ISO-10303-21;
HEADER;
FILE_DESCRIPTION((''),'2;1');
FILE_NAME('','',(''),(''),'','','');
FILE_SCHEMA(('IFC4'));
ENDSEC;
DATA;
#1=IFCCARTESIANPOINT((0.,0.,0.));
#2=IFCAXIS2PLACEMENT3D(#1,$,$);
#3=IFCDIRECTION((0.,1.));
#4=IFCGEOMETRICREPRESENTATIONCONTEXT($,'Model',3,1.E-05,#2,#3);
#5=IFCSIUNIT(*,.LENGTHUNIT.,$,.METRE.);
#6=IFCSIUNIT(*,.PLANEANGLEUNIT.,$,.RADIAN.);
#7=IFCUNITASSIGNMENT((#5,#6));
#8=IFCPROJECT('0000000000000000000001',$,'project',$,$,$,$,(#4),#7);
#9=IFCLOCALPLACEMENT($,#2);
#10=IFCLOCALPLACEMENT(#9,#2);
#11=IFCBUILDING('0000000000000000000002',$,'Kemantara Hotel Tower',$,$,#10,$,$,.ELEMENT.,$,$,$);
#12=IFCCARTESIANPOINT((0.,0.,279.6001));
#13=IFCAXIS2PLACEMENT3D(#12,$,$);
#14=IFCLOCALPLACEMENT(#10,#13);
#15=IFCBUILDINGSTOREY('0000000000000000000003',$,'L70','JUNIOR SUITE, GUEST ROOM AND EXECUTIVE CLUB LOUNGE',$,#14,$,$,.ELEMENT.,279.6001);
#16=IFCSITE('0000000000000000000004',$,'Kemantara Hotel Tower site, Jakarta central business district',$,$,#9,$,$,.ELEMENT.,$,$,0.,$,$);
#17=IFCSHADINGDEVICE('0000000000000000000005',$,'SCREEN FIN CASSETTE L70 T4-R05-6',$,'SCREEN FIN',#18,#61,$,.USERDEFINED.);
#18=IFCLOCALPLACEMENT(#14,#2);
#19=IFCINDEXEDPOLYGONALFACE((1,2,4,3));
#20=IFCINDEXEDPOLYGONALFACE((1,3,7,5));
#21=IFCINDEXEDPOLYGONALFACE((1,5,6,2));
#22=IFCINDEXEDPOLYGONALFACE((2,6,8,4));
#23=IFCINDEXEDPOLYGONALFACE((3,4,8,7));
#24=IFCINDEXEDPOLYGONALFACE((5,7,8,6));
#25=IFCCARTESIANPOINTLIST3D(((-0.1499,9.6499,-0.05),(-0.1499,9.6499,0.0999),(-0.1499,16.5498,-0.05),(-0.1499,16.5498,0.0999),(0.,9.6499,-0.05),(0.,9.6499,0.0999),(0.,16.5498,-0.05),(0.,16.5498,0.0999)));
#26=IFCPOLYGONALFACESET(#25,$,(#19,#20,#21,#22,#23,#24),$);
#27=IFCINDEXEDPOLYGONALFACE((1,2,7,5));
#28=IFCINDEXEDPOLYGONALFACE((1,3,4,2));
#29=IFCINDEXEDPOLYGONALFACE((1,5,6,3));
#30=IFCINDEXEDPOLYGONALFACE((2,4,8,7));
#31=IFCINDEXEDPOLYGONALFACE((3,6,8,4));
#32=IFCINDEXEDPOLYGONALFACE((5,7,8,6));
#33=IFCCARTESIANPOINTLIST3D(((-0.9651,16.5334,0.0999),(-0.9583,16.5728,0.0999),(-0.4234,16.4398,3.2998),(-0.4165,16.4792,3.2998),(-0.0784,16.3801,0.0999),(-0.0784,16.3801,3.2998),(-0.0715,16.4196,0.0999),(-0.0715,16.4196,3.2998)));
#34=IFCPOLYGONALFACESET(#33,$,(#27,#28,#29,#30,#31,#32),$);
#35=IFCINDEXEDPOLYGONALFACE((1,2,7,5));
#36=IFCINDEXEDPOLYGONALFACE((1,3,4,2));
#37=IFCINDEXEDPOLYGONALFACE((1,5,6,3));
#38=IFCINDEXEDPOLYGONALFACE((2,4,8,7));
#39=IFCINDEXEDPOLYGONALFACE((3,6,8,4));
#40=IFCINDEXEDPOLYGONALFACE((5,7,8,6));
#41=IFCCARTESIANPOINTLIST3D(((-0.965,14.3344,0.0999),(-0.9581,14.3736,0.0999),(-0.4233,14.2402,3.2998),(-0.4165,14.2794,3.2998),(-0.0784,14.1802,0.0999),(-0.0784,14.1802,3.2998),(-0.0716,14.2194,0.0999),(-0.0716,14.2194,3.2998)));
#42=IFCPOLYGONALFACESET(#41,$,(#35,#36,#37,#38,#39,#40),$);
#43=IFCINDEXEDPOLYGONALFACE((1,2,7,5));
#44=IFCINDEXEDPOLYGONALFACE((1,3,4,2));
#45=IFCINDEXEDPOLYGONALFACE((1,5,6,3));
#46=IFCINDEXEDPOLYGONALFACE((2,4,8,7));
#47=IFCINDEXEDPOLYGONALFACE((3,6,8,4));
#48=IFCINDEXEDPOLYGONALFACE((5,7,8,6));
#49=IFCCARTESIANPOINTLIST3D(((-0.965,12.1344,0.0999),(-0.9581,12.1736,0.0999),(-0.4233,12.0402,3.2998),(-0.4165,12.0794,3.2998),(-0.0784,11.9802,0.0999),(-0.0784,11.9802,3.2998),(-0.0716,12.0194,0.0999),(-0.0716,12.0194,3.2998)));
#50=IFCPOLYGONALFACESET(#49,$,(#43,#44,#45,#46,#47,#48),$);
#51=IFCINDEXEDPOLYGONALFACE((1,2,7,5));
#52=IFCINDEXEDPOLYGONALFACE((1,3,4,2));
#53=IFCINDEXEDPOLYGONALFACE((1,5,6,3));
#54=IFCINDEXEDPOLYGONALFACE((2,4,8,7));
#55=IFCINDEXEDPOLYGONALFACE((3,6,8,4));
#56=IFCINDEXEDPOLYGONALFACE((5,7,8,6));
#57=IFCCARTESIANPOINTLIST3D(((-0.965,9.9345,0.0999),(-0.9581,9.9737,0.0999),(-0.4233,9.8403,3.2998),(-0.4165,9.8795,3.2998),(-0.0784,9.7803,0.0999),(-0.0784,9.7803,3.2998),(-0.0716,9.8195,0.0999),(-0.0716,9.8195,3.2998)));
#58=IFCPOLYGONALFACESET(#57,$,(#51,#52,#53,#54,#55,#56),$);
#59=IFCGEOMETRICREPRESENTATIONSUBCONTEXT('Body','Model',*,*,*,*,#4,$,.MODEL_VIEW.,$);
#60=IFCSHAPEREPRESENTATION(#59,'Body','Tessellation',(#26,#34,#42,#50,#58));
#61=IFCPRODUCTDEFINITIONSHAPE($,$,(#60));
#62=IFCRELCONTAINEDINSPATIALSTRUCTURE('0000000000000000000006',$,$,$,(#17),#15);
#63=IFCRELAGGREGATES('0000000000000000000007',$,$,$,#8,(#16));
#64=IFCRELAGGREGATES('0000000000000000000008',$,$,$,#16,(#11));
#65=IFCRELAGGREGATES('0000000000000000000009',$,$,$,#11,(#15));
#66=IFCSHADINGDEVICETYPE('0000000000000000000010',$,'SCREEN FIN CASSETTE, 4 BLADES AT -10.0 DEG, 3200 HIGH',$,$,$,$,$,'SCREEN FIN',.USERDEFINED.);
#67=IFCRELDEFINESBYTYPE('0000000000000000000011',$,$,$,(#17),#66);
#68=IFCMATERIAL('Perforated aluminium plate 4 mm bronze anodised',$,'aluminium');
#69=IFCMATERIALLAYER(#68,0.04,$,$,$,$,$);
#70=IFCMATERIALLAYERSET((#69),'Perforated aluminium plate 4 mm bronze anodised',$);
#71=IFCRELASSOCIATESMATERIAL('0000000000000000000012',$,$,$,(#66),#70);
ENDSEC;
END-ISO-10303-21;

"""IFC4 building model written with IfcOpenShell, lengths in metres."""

from ifc_helpers import new_model, si_unit, direction, frame, origin, origin_2d, place, context, subcontext, project, spatial, polyline, rectangle, outline, extrude, source, transform, mapped, material, layer, layer_set, type_object, element, save


model = new_model("IFC4")

# Units and contexts
model_context = context("Model", 3, precision=1e-05, world=origin(), true_north=direction((0.0, 1.0)))
body_context = subcontext(model_context, "Body", "Model", "MODEL_VIEW")
ifc_project = project(units=[si_unit("LENGTHUNIT", "METRE"), si_unit("PLANEANGLEUNIT", "RADIAN")], contexts=[model_context])

# Site, building, storey
site_placement = place(None, origin())
site = spatial("IfcSite", under=ifc_project, at=site_placement, Name="Kemantara Hotel Tower site, Jakarta central business district", CompositionType="ELEMENT", RefElevation=0.0)
building_placement = place(site_placement, origin())
building = spatial("IfcBuilding", under=site, at=building_placement, Name="Kemantara Hotel Tower", CompositionType="ELEMENT")
storey_placement = place(building_placement, frame((0.0, 0.0, 279.6001)))
storey = spatial("IfcBuildingStorey", under=building, at=storey_placement, Name="L70", Description="JUNIOR SUITE, GUEST ROOM AND EXECUTIVE CLUB LOUNGE", CompositionType="ELEMENT", Elevation=279.6001)

# Shading device
ifc_material_1 = material(Name="Perforated aluminium plate 4 mm bronze anodised", Category="aluminium")
ifc_layer_1 = layer(ifc_material_1, 0.04)
ifc_layer_set_1 = layer_set([ifc_layer_1], Name="Perforated aluminium plate 4 mm bronze anodised")
shading_device_type = type_object("IfcShadingDeviceType", Name="SCREEN FIN CASSETTE, 4 BLADES AT -10.0 DEG, 3200 HIGH", ElementType="SCREEN FIN", PredefinedType="USERDEFINED", material=ifc_layer_set_1)
shared_shape = source(origin(), body_context, "Body", "SweptSolid", [
    extrude(rectangle(XDim=6.8999, YDim=0.1499, at=origin_2d()), frame((3.3, -0.075, -0.1499), z_axis=(0.0, 0.0, 1.0), x_axis=(1.0, 0.0, 0.0)), (0.0, 0.0, 1.0), 0.1499),
    extrude(outline(polyline([(0.0, 0.0), (0.8999, 0.0), (0.3501, 3.2), (0.0, 3.2), (0.0, 0.0)])), frame((0.0198, -0.0784, 0.0), z_axis=(-0.98539, 0.170314, 0.0), x_axis=(-0.170314, -0.98539, 0.0)), (0.0, 0.0, 1.0), 0.04),
    extrude(outline(polyline([(0.0, 0.0), (0.8999, 0.0), (0.3501, 3.2), (0.0, 3.2), (0.0, 0.0)])), frame((2.2197, -0.0784, 0.0), z_axis=(-0.985212, 0.171341, 0.0), x_axis=(-0.171341, -0.985212, 0.0)), (0.0, 0.0, 1.0), 0.0398),
    extrude(outline(polyline([(0.0, 0.0), (0.8999, 0.0), (0.3501, 3.2), (0.0, 3.2), (0.0, 0.0)])), frame((4.4197, -0.0784, 0.0), z_axis=(-0.985212, 0.171341, 0.0), x_axis=(-0.171341, -0.985212, 0.0)), (0.0, 0.0, 1.0), 0.0398),
    extrude(outline(polyline([(0.0, 0.0), (0.8999, 0.0), (0.3501, 3.2), (0.0, 3.2), (0.0, 0.0)])), frame((6.6196, -0.0784, 0.0), z_axis=(-0.985212, 0.171341, 0.0), x_axis=(-0.171341, -0.985212, 0.0)), (0.0, 0.0, 1.0), 0.0398),
])
shading_device_placement = place(storey_placement, frame((0.0, 16.3999, 0.0999), z_axis=(0.0, 0.0, 1.0), x_axis=(0.0, -1.0, 0.0)))
element("IfcShadingDevice", 1, at=shading_device_placement, inside=storey, type_object=shading_device_type, Name="SCREEN FIN CASSETTE L70 T4-R05-6", ObjectType="SCREEN FIN", PredefinedType="USERDEFINED", context=body_context, shape_type="MappedRepresentation", body=[
    mapped(shared_shape, transform((0.0, 0.0, 0.0))),
])

save(model, "model.ifc")
